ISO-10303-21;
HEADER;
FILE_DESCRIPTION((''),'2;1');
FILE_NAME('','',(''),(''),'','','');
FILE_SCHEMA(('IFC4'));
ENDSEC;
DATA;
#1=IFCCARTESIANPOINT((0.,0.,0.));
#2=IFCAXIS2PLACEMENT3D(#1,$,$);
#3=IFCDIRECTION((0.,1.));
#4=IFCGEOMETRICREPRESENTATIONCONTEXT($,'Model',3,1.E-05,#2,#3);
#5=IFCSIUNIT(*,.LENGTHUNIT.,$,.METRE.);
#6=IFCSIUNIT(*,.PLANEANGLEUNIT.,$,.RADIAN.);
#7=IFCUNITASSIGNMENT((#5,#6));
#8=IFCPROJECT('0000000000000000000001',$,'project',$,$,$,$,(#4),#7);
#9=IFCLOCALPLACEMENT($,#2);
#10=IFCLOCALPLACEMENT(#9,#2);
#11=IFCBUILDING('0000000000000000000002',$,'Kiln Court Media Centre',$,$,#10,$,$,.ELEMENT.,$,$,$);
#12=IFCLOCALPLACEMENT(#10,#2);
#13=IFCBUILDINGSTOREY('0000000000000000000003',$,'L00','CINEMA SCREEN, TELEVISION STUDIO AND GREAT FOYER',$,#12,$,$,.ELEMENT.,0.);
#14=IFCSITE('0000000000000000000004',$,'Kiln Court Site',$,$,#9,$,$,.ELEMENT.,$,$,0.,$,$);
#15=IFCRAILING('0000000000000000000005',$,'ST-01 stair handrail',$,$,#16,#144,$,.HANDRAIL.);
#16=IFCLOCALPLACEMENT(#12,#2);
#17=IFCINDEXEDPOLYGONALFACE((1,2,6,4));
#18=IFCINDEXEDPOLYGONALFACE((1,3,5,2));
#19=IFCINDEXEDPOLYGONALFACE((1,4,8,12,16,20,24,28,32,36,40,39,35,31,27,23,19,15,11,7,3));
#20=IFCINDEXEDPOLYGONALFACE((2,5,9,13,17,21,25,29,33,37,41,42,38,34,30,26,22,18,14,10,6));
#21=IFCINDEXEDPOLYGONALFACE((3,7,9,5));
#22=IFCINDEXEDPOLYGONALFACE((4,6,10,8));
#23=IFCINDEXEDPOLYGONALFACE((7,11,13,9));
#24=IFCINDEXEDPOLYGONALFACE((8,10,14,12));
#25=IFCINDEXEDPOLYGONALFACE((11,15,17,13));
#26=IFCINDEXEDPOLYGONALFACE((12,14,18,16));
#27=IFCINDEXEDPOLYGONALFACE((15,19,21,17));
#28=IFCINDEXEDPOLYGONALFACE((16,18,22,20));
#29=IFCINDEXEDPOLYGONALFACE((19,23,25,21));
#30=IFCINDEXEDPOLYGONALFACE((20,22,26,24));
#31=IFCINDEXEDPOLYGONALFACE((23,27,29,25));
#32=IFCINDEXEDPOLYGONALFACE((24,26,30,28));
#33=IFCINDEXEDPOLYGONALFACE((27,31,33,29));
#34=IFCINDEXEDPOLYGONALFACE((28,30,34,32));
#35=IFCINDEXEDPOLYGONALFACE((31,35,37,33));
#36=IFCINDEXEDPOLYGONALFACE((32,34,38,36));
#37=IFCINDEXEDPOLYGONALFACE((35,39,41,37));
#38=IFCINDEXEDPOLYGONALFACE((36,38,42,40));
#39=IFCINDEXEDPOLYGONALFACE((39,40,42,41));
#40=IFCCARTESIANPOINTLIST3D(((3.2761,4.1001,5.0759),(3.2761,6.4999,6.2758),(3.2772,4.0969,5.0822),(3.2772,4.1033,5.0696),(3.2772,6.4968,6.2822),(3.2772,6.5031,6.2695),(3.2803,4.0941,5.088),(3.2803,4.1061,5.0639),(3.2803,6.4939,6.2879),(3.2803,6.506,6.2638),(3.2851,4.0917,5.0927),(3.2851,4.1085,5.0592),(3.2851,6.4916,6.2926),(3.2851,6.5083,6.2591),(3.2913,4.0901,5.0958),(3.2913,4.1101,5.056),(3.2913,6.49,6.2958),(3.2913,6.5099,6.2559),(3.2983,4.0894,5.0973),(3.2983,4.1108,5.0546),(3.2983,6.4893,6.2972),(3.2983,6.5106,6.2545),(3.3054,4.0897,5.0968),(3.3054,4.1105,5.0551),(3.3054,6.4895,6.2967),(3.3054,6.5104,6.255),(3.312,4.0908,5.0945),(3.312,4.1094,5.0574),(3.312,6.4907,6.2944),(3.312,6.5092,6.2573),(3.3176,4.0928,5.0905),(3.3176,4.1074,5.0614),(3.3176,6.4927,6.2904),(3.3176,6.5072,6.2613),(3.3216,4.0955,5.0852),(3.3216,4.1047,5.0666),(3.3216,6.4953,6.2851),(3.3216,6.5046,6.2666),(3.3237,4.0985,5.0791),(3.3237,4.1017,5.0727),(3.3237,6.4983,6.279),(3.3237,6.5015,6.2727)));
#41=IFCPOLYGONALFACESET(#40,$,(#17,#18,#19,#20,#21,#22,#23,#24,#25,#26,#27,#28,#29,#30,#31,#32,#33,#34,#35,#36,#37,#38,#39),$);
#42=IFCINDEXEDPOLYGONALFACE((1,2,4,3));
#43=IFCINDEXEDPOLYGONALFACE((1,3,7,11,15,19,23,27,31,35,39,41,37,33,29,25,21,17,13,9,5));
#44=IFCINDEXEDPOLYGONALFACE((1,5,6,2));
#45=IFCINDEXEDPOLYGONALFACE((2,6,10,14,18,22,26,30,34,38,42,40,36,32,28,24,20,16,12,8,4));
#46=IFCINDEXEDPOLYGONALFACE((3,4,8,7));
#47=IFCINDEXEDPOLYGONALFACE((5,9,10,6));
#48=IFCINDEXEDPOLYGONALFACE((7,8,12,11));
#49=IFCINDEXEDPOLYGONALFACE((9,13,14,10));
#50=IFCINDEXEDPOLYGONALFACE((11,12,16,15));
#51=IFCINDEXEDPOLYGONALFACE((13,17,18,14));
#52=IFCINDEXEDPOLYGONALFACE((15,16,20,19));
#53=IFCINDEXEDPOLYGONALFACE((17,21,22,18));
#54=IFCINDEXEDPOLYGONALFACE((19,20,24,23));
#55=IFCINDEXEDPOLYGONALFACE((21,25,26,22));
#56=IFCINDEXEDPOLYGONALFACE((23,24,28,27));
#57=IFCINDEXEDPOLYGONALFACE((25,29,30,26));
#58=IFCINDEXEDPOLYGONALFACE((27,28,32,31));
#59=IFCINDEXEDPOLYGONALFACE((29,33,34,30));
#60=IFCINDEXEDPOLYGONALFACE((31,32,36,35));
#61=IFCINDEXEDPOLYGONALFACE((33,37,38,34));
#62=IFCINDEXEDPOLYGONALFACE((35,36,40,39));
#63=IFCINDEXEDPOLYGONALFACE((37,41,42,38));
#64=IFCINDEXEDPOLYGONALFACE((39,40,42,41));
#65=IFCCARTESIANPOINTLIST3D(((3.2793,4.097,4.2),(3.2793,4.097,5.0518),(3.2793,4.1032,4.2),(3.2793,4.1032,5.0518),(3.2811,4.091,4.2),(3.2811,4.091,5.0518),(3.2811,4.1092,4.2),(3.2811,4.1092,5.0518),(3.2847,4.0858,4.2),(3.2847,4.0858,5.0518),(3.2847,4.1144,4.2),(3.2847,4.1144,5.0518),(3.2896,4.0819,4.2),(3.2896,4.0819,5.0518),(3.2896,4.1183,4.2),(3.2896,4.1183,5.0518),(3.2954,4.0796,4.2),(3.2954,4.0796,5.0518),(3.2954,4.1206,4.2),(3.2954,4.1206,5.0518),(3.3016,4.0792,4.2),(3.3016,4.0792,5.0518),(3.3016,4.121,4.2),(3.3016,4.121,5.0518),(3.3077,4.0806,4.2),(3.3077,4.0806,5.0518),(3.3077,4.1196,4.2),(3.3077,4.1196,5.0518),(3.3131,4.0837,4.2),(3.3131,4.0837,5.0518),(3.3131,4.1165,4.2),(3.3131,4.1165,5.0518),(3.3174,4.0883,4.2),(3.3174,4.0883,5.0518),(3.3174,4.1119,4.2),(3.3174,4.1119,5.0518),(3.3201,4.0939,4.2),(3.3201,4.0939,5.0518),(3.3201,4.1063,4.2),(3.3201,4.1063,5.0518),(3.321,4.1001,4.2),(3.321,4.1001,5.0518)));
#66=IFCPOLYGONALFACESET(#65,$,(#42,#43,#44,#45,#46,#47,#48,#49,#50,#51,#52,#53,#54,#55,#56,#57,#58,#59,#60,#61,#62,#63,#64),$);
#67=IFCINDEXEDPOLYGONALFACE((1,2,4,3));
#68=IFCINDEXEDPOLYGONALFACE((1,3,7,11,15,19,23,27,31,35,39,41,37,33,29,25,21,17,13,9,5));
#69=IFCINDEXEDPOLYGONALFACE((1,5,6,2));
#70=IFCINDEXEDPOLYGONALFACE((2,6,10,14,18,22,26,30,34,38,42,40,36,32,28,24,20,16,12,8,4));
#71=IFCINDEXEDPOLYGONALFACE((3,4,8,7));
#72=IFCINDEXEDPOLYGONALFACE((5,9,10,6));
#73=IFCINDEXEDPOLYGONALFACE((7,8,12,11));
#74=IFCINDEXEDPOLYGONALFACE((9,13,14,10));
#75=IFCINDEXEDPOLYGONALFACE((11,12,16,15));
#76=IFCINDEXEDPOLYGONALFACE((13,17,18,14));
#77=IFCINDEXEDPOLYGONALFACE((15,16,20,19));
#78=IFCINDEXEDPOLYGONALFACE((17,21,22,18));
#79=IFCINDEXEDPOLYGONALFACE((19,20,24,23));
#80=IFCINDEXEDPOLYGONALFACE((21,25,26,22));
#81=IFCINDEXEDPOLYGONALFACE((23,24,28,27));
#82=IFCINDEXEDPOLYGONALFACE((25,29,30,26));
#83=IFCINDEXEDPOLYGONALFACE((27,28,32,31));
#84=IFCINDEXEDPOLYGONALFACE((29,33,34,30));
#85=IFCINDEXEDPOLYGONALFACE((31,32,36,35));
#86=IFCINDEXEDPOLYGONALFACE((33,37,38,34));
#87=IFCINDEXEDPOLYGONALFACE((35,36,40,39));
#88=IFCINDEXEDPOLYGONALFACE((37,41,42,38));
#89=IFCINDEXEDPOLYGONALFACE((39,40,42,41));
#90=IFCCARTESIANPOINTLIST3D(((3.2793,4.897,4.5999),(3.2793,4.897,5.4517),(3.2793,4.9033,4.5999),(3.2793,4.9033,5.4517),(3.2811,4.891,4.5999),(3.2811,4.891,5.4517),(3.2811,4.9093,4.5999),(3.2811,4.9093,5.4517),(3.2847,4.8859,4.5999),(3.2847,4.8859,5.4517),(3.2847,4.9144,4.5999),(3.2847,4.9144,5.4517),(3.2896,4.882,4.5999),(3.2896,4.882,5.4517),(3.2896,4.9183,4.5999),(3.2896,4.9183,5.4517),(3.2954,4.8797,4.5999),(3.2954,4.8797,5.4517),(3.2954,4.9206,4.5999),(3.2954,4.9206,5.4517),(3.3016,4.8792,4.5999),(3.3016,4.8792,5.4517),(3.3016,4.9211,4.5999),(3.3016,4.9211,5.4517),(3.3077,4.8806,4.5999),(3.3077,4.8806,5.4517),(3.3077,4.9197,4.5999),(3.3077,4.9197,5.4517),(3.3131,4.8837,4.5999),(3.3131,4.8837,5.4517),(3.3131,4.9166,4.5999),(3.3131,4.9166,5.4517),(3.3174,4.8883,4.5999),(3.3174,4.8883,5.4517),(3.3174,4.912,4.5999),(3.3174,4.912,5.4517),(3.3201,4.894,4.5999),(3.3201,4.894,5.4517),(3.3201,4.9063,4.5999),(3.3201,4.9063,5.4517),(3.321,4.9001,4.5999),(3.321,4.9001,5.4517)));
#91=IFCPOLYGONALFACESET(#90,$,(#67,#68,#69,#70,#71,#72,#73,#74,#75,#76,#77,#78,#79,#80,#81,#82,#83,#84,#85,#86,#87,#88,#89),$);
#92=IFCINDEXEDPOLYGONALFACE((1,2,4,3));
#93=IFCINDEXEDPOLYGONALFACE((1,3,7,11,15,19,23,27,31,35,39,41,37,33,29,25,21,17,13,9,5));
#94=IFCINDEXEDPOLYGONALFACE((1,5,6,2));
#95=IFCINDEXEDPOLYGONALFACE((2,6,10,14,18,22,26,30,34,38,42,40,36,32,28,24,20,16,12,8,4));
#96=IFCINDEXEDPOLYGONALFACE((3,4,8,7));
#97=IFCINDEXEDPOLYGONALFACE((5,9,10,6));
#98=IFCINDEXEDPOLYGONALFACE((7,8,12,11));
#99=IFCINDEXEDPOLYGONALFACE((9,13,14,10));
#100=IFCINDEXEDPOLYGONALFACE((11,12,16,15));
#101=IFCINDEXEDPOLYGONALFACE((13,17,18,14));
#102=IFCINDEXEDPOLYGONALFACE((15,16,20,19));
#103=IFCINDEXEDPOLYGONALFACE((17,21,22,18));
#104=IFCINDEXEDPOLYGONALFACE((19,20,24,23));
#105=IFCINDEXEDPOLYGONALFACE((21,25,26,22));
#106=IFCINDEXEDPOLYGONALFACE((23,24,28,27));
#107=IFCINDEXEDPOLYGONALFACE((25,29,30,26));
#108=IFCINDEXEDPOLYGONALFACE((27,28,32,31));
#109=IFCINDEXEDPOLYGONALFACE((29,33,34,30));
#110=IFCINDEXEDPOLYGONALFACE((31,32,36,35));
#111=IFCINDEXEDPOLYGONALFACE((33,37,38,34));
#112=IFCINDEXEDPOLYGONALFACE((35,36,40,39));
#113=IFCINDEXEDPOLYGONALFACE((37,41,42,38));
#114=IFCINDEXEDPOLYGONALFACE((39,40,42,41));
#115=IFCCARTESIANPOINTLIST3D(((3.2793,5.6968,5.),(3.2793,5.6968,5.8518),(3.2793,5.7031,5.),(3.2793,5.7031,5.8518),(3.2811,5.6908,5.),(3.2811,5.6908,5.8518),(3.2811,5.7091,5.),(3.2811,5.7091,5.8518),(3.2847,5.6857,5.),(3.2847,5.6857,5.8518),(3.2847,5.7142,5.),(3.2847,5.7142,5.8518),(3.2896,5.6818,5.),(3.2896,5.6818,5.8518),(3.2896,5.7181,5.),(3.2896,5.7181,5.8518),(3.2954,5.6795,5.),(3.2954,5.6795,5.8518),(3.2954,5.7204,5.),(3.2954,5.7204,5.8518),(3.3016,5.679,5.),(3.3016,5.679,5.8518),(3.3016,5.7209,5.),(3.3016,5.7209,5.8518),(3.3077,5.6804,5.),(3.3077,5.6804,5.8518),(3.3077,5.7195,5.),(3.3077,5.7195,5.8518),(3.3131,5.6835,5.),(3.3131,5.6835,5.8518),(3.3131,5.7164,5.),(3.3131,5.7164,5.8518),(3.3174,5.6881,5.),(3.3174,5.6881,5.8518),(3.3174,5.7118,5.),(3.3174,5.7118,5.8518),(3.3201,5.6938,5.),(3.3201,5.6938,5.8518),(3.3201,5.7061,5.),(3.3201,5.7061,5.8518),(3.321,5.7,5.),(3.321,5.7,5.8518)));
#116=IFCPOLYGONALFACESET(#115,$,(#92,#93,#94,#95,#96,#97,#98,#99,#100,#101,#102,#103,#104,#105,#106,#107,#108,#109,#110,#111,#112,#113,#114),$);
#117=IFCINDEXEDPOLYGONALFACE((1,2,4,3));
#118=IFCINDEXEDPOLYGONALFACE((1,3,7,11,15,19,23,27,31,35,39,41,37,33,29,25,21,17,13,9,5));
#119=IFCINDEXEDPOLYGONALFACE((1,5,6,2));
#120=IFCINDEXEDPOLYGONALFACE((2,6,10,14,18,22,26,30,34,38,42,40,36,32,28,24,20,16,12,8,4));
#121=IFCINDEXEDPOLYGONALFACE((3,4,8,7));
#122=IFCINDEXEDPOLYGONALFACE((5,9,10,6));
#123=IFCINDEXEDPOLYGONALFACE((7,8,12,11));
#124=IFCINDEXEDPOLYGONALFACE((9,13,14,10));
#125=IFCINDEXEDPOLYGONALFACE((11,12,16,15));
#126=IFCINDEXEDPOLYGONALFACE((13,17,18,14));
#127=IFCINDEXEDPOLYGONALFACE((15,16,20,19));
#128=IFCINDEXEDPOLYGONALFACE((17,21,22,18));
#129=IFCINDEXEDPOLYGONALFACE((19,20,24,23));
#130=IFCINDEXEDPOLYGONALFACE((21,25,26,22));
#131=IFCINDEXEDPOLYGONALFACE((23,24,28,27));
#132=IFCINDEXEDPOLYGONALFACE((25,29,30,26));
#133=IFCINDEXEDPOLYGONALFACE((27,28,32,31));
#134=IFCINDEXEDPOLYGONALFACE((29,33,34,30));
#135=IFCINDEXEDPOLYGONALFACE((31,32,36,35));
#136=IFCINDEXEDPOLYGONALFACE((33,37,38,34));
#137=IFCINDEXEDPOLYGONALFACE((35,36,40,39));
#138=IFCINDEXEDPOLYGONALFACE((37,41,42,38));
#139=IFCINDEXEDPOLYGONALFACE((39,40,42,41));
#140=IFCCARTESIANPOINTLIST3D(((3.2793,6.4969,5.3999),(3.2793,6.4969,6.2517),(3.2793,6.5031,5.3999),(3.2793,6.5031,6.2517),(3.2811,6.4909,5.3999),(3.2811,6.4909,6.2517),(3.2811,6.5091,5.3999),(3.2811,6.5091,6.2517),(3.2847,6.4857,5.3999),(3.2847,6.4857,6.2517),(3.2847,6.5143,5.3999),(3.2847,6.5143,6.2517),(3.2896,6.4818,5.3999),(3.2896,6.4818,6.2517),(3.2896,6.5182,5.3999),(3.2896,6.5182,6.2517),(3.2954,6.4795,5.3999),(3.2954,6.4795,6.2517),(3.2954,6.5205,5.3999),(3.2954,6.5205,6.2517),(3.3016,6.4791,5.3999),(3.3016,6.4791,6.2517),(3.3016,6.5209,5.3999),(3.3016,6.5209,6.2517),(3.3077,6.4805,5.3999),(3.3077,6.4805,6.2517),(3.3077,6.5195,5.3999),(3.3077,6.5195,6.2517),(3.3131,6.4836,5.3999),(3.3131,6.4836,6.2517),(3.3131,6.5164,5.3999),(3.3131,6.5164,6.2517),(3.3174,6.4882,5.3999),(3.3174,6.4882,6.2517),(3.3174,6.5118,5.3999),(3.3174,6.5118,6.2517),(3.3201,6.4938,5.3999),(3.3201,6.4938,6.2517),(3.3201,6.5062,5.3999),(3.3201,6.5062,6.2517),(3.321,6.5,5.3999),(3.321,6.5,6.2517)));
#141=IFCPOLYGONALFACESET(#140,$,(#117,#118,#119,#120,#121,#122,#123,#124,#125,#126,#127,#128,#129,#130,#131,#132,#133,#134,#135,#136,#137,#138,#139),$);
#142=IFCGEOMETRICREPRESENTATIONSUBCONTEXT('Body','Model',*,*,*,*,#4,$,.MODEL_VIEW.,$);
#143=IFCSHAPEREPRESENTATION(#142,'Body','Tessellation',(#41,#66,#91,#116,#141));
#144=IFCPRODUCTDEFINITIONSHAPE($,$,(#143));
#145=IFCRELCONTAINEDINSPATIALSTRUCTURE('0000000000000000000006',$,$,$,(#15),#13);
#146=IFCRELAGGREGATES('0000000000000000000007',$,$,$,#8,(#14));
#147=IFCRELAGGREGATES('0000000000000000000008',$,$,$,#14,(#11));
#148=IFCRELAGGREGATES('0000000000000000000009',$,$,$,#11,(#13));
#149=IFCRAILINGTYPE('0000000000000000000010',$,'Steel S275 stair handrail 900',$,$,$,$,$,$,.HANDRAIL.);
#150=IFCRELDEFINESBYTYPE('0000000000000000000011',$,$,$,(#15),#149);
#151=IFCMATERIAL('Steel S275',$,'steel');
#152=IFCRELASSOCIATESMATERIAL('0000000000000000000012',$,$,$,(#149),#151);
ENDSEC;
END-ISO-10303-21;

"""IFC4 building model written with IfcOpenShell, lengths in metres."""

from ifc_helpers import new_model, si_unit, direction, frame, origin, origin_2d, place, context, subcontext, project, spatial, circle, extrude, material, type_object, element, save


model = new_model("IFC4")

# Units and contexts
model_context = context("Model", 3, precision=1e-05, world=origin(), true_north=direction((0.0, 1.0)))
body_context = subcontext(model_context, "Body", "Model", "MODEL_VIEW")
ifc_project = project(units=[si_unit("LENGTHUNIT", "METRE"), si_unit("PLANEANGLEUNIT", "RADIAN")], contexts=[model_context])

# Site, building, storey
site_placement = place(None, origin())
site = spatial("IfcSite", under=ifc_project, at=site_placement, Name="Kiln Court Site", CompositionType="ELEMENT", RefElevation=0.0)
building_placement = place(site_placement, origin())
building = spatial("IfcBuilding", under=site, at=building_placement, Name="Kiln Court Media Centre", CompositionType="ELEMENT")
storey_placement = place(building_placement, origin())
storey = spatial("IfcBuildingStorey", under=building, at=storey_placement, Name="L00", Description="CINEMA SCREEN, TELEVISION STUDIO AND GREAT FOYER", CompositionType="ELEMENT", Elevation=0.0)

# Railing
ifc_material_1 = material(Name="Steel S275", Category="steel")
railing_type_1 = type_object("IfcRailingType", Name="Steel S275 stair handrail 900", PredefinedType="HANDRAIL", material=ifc_material_1)
for number, where, name in (
    (1, (3.3, 4.1001, 4.2), "ST-01 stair handrail"),
):
    element("IfcRailing", number, at=place(storey_placement, frame(where)), inside=storey, type_object=railing_type_1, Name=name, PredefinedType="HANDRAIL", context=body_context, shape_type="SweptSolid", body=[
        extrude(circle(Radius=0.0239, at=origin_2d()), frame((0.0, 0.0, 0.876), z_axis=(0.0, 0.894427, 0.447214), x_axis=(-1.0, 0.0, 0.0)), (0.0, 0.0, 1.0), 2.6831),
        extrude(circle(Radius=0.021, at=origin_2d()), origin(), (0.0, 0.0, 1.0), 0.8518),
        extrude(circle(Radius=0.021, at=origin_2d()), frame((0.0, 0.8, 0.3999)), (0.0, 0.0, 1.0), 0.8518),
        extrude(circle(Radius=0.021, at=origin_2d()), frame((0.0, 1.5999, 0.8)), (0.0, 0.0, 1.0), 0.8518),
        extrude(circle(Radius=0.021, at=origin_2d()), frame((0.0, 2.3999, 1.2)), (0.0, 0.0, 1.0), 0.8518),
    ])

save(model, "model.ifc")
